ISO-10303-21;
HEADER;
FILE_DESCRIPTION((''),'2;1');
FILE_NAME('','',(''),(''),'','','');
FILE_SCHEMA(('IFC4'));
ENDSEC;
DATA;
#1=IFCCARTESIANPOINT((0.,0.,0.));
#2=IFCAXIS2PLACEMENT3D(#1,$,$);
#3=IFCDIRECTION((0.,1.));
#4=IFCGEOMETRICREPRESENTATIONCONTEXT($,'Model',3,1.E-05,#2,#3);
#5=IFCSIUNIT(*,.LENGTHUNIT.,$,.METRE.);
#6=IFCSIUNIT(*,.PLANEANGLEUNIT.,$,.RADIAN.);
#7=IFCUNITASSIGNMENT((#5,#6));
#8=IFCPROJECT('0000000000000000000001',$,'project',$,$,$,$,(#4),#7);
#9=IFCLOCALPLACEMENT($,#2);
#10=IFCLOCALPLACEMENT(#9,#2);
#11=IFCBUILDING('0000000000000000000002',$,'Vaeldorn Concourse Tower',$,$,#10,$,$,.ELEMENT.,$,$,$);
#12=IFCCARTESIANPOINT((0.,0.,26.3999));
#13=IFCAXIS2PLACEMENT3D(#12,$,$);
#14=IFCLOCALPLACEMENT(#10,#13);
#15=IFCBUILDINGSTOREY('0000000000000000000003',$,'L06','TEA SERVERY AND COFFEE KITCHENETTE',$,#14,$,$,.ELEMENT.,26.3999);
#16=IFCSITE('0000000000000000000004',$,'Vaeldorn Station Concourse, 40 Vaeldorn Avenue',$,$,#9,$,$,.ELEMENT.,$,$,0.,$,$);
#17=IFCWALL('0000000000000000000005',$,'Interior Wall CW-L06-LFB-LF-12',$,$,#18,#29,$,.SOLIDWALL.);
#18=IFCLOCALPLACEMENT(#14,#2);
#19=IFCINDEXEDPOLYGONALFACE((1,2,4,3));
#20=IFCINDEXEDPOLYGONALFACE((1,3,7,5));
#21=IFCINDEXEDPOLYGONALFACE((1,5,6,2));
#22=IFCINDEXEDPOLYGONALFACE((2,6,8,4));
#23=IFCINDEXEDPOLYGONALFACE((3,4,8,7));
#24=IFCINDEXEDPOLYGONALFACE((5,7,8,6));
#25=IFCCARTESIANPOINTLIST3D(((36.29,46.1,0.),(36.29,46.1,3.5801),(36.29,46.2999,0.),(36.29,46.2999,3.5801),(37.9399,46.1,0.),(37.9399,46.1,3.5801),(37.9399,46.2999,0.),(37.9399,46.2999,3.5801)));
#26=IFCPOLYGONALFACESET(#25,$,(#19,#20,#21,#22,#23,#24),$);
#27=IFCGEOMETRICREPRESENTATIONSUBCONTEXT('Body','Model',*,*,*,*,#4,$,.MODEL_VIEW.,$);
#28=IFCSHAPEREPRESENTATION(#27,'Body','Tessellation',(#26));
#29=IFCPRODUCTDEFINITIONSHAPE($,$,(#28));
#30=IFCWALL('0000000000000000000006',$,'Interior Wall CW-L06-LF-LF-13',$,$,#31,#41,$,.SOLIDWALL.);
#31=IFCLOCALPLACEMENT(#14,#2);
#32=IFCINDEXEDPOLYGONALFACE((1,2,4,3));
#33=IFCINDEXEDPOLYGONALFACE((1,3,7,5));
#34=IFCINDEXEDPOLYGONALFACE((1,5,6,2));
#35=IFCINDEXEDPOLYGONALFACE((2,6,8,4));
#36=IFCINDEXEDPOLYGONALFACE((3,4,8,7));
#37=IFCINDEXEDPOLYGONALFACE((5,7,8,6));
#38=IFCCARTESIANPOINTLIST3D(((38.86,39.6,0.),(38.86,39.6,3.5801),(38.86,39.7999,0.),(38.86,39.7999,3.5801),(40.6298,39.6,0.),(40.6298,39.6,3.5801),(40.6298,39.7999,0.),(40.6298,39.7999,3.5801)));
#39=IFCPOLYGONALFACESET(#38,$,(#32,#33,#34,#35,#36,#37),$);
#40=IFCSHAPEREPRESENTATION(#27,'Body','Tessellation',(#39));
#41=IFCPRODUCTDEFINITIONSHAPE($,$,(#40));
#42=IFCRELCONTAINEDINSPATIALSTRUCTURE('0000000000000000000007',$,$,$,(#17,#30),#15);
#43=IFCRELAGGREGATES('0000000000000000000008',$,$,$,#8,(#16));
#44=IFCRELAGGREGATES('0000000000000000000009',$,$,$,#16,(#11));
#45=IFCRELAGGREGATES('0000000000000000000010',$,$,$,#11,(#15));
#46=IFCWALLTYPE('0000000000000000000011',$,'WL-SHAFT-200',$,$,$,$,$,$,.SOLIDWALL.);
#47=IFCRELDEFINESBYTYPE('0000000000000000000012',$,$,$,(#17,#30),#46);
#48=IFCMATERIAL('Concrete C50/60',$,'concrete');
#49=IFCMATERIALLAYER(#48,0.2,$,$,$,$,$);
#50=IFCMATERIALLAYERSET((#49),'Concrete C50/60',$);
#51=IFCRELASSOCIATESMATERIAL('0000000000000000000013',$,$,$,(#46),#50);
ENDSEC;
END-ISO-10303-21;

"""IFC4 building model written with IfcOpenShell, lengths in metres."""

from ifc_helpers import new_model, si_unit, direction, frame, frame_2d, origin, place, context, subcontext, project, spatial, rectangle, extrude, material, layer, layer_set, type_object, element, save


model = new_model("IFC4")

# Units and contexts
model_context = context("Model", 3, precision=1e-05, world=origin(), true_north=direction((0.0, 1.0)))
body_context = subcontext(model_context, "Body", "Model", "MODEL_VIEW")
ifc_project = project(units=[si_unit("LENGTHUNIT", "METRE"), si_unit("PLANEANGLEUNIT", "RADIAN")], contexts=[model_context])

# Site, building, storey
site_placement = place(None, origin())
site = spatial("IfcSite", under=ifc_project, at=site_placement, Name="Vaeldorn Station Concourse, 40 Vaeldorn Avenue", CompositionType="ELEMENT", RefElevation=0.0)
building_placement = place(site_placement, origin())
building = spatial("IfcBuilding", under=site, at=building_placement, Name="Vaeldorn Concourse Tower", CompositionType="ELEMENT")
storey_placement = place(building_placement, frame((0.0, 0.0, 26.3999)))
storey = spatial("IfcBuildingStorey", under=building, at=storey_placement, Name="L06", Description="TEA SERVERY AND COFFEE KITCHENETTE", CompositionType="ELEMENT", Elevation=26.3999)

# Walls
ifc_material_1 = material(Name="Concrete C50/60", Category="concrete")
ifc_layer_1 = layer(ifc_material_1, 0.2)
ifc_layer_set_1 = layer_set([ifc_layer_1], Name="Concrete C50/60")
wall_type_1 = type_object("IfcWallType", Name="WL-SHAFT-200", PredefinedType="SOLIDWALL", material=ifc_layer_set_1)
for number, where, z_axis, x_axis, name in (
    (1, (36.29, 46.2, 0.0), (0.0, 0.0, 1.0), (1.0, 0.0, 0.0), "Interior Wall CW-L06-LFB-LF-12"),
):
    element("IfcWall", number, at=place(storey_placement, frame(where, z_axis=z_axis, x_axis=x_axis)), inside=storey, type_object=wall_type_1, Name=name, PredefinedType="SOLIDWALL", context=body_context, shape_type="SweptSolid", body=[
        extrude(rectangle(XDim=1.6499, YDim=0.2, at=frame_2d((0.825, 0.0))), origin(), (0.0, 0.0, 1.0), 3.5801),
    ])
wall_1_placement = place(storey_placement, frame((38.8601, 39.7, 0.0), z_axis=(0.0, 0.0, 1.0), x_axis=(1.0, 0.0, 0.0)))
element("IfcWall", 2, at=wall_1_placement, inside=storey, type_object=wall_type_1, Name="Interior Wall CW-L06-LF-LF-13", PredefinedType="SOLIDWALL", context=body_context, shape_type="SweptSolid", body=[
    extrude(rectangle(XDim=1.7698, YDim=0.2, at=frame_2d((0.8848, 0.0))), origin(), (0.0, 0.0, 1.0), 3.5801),
])

save(model, "model.ifc")
